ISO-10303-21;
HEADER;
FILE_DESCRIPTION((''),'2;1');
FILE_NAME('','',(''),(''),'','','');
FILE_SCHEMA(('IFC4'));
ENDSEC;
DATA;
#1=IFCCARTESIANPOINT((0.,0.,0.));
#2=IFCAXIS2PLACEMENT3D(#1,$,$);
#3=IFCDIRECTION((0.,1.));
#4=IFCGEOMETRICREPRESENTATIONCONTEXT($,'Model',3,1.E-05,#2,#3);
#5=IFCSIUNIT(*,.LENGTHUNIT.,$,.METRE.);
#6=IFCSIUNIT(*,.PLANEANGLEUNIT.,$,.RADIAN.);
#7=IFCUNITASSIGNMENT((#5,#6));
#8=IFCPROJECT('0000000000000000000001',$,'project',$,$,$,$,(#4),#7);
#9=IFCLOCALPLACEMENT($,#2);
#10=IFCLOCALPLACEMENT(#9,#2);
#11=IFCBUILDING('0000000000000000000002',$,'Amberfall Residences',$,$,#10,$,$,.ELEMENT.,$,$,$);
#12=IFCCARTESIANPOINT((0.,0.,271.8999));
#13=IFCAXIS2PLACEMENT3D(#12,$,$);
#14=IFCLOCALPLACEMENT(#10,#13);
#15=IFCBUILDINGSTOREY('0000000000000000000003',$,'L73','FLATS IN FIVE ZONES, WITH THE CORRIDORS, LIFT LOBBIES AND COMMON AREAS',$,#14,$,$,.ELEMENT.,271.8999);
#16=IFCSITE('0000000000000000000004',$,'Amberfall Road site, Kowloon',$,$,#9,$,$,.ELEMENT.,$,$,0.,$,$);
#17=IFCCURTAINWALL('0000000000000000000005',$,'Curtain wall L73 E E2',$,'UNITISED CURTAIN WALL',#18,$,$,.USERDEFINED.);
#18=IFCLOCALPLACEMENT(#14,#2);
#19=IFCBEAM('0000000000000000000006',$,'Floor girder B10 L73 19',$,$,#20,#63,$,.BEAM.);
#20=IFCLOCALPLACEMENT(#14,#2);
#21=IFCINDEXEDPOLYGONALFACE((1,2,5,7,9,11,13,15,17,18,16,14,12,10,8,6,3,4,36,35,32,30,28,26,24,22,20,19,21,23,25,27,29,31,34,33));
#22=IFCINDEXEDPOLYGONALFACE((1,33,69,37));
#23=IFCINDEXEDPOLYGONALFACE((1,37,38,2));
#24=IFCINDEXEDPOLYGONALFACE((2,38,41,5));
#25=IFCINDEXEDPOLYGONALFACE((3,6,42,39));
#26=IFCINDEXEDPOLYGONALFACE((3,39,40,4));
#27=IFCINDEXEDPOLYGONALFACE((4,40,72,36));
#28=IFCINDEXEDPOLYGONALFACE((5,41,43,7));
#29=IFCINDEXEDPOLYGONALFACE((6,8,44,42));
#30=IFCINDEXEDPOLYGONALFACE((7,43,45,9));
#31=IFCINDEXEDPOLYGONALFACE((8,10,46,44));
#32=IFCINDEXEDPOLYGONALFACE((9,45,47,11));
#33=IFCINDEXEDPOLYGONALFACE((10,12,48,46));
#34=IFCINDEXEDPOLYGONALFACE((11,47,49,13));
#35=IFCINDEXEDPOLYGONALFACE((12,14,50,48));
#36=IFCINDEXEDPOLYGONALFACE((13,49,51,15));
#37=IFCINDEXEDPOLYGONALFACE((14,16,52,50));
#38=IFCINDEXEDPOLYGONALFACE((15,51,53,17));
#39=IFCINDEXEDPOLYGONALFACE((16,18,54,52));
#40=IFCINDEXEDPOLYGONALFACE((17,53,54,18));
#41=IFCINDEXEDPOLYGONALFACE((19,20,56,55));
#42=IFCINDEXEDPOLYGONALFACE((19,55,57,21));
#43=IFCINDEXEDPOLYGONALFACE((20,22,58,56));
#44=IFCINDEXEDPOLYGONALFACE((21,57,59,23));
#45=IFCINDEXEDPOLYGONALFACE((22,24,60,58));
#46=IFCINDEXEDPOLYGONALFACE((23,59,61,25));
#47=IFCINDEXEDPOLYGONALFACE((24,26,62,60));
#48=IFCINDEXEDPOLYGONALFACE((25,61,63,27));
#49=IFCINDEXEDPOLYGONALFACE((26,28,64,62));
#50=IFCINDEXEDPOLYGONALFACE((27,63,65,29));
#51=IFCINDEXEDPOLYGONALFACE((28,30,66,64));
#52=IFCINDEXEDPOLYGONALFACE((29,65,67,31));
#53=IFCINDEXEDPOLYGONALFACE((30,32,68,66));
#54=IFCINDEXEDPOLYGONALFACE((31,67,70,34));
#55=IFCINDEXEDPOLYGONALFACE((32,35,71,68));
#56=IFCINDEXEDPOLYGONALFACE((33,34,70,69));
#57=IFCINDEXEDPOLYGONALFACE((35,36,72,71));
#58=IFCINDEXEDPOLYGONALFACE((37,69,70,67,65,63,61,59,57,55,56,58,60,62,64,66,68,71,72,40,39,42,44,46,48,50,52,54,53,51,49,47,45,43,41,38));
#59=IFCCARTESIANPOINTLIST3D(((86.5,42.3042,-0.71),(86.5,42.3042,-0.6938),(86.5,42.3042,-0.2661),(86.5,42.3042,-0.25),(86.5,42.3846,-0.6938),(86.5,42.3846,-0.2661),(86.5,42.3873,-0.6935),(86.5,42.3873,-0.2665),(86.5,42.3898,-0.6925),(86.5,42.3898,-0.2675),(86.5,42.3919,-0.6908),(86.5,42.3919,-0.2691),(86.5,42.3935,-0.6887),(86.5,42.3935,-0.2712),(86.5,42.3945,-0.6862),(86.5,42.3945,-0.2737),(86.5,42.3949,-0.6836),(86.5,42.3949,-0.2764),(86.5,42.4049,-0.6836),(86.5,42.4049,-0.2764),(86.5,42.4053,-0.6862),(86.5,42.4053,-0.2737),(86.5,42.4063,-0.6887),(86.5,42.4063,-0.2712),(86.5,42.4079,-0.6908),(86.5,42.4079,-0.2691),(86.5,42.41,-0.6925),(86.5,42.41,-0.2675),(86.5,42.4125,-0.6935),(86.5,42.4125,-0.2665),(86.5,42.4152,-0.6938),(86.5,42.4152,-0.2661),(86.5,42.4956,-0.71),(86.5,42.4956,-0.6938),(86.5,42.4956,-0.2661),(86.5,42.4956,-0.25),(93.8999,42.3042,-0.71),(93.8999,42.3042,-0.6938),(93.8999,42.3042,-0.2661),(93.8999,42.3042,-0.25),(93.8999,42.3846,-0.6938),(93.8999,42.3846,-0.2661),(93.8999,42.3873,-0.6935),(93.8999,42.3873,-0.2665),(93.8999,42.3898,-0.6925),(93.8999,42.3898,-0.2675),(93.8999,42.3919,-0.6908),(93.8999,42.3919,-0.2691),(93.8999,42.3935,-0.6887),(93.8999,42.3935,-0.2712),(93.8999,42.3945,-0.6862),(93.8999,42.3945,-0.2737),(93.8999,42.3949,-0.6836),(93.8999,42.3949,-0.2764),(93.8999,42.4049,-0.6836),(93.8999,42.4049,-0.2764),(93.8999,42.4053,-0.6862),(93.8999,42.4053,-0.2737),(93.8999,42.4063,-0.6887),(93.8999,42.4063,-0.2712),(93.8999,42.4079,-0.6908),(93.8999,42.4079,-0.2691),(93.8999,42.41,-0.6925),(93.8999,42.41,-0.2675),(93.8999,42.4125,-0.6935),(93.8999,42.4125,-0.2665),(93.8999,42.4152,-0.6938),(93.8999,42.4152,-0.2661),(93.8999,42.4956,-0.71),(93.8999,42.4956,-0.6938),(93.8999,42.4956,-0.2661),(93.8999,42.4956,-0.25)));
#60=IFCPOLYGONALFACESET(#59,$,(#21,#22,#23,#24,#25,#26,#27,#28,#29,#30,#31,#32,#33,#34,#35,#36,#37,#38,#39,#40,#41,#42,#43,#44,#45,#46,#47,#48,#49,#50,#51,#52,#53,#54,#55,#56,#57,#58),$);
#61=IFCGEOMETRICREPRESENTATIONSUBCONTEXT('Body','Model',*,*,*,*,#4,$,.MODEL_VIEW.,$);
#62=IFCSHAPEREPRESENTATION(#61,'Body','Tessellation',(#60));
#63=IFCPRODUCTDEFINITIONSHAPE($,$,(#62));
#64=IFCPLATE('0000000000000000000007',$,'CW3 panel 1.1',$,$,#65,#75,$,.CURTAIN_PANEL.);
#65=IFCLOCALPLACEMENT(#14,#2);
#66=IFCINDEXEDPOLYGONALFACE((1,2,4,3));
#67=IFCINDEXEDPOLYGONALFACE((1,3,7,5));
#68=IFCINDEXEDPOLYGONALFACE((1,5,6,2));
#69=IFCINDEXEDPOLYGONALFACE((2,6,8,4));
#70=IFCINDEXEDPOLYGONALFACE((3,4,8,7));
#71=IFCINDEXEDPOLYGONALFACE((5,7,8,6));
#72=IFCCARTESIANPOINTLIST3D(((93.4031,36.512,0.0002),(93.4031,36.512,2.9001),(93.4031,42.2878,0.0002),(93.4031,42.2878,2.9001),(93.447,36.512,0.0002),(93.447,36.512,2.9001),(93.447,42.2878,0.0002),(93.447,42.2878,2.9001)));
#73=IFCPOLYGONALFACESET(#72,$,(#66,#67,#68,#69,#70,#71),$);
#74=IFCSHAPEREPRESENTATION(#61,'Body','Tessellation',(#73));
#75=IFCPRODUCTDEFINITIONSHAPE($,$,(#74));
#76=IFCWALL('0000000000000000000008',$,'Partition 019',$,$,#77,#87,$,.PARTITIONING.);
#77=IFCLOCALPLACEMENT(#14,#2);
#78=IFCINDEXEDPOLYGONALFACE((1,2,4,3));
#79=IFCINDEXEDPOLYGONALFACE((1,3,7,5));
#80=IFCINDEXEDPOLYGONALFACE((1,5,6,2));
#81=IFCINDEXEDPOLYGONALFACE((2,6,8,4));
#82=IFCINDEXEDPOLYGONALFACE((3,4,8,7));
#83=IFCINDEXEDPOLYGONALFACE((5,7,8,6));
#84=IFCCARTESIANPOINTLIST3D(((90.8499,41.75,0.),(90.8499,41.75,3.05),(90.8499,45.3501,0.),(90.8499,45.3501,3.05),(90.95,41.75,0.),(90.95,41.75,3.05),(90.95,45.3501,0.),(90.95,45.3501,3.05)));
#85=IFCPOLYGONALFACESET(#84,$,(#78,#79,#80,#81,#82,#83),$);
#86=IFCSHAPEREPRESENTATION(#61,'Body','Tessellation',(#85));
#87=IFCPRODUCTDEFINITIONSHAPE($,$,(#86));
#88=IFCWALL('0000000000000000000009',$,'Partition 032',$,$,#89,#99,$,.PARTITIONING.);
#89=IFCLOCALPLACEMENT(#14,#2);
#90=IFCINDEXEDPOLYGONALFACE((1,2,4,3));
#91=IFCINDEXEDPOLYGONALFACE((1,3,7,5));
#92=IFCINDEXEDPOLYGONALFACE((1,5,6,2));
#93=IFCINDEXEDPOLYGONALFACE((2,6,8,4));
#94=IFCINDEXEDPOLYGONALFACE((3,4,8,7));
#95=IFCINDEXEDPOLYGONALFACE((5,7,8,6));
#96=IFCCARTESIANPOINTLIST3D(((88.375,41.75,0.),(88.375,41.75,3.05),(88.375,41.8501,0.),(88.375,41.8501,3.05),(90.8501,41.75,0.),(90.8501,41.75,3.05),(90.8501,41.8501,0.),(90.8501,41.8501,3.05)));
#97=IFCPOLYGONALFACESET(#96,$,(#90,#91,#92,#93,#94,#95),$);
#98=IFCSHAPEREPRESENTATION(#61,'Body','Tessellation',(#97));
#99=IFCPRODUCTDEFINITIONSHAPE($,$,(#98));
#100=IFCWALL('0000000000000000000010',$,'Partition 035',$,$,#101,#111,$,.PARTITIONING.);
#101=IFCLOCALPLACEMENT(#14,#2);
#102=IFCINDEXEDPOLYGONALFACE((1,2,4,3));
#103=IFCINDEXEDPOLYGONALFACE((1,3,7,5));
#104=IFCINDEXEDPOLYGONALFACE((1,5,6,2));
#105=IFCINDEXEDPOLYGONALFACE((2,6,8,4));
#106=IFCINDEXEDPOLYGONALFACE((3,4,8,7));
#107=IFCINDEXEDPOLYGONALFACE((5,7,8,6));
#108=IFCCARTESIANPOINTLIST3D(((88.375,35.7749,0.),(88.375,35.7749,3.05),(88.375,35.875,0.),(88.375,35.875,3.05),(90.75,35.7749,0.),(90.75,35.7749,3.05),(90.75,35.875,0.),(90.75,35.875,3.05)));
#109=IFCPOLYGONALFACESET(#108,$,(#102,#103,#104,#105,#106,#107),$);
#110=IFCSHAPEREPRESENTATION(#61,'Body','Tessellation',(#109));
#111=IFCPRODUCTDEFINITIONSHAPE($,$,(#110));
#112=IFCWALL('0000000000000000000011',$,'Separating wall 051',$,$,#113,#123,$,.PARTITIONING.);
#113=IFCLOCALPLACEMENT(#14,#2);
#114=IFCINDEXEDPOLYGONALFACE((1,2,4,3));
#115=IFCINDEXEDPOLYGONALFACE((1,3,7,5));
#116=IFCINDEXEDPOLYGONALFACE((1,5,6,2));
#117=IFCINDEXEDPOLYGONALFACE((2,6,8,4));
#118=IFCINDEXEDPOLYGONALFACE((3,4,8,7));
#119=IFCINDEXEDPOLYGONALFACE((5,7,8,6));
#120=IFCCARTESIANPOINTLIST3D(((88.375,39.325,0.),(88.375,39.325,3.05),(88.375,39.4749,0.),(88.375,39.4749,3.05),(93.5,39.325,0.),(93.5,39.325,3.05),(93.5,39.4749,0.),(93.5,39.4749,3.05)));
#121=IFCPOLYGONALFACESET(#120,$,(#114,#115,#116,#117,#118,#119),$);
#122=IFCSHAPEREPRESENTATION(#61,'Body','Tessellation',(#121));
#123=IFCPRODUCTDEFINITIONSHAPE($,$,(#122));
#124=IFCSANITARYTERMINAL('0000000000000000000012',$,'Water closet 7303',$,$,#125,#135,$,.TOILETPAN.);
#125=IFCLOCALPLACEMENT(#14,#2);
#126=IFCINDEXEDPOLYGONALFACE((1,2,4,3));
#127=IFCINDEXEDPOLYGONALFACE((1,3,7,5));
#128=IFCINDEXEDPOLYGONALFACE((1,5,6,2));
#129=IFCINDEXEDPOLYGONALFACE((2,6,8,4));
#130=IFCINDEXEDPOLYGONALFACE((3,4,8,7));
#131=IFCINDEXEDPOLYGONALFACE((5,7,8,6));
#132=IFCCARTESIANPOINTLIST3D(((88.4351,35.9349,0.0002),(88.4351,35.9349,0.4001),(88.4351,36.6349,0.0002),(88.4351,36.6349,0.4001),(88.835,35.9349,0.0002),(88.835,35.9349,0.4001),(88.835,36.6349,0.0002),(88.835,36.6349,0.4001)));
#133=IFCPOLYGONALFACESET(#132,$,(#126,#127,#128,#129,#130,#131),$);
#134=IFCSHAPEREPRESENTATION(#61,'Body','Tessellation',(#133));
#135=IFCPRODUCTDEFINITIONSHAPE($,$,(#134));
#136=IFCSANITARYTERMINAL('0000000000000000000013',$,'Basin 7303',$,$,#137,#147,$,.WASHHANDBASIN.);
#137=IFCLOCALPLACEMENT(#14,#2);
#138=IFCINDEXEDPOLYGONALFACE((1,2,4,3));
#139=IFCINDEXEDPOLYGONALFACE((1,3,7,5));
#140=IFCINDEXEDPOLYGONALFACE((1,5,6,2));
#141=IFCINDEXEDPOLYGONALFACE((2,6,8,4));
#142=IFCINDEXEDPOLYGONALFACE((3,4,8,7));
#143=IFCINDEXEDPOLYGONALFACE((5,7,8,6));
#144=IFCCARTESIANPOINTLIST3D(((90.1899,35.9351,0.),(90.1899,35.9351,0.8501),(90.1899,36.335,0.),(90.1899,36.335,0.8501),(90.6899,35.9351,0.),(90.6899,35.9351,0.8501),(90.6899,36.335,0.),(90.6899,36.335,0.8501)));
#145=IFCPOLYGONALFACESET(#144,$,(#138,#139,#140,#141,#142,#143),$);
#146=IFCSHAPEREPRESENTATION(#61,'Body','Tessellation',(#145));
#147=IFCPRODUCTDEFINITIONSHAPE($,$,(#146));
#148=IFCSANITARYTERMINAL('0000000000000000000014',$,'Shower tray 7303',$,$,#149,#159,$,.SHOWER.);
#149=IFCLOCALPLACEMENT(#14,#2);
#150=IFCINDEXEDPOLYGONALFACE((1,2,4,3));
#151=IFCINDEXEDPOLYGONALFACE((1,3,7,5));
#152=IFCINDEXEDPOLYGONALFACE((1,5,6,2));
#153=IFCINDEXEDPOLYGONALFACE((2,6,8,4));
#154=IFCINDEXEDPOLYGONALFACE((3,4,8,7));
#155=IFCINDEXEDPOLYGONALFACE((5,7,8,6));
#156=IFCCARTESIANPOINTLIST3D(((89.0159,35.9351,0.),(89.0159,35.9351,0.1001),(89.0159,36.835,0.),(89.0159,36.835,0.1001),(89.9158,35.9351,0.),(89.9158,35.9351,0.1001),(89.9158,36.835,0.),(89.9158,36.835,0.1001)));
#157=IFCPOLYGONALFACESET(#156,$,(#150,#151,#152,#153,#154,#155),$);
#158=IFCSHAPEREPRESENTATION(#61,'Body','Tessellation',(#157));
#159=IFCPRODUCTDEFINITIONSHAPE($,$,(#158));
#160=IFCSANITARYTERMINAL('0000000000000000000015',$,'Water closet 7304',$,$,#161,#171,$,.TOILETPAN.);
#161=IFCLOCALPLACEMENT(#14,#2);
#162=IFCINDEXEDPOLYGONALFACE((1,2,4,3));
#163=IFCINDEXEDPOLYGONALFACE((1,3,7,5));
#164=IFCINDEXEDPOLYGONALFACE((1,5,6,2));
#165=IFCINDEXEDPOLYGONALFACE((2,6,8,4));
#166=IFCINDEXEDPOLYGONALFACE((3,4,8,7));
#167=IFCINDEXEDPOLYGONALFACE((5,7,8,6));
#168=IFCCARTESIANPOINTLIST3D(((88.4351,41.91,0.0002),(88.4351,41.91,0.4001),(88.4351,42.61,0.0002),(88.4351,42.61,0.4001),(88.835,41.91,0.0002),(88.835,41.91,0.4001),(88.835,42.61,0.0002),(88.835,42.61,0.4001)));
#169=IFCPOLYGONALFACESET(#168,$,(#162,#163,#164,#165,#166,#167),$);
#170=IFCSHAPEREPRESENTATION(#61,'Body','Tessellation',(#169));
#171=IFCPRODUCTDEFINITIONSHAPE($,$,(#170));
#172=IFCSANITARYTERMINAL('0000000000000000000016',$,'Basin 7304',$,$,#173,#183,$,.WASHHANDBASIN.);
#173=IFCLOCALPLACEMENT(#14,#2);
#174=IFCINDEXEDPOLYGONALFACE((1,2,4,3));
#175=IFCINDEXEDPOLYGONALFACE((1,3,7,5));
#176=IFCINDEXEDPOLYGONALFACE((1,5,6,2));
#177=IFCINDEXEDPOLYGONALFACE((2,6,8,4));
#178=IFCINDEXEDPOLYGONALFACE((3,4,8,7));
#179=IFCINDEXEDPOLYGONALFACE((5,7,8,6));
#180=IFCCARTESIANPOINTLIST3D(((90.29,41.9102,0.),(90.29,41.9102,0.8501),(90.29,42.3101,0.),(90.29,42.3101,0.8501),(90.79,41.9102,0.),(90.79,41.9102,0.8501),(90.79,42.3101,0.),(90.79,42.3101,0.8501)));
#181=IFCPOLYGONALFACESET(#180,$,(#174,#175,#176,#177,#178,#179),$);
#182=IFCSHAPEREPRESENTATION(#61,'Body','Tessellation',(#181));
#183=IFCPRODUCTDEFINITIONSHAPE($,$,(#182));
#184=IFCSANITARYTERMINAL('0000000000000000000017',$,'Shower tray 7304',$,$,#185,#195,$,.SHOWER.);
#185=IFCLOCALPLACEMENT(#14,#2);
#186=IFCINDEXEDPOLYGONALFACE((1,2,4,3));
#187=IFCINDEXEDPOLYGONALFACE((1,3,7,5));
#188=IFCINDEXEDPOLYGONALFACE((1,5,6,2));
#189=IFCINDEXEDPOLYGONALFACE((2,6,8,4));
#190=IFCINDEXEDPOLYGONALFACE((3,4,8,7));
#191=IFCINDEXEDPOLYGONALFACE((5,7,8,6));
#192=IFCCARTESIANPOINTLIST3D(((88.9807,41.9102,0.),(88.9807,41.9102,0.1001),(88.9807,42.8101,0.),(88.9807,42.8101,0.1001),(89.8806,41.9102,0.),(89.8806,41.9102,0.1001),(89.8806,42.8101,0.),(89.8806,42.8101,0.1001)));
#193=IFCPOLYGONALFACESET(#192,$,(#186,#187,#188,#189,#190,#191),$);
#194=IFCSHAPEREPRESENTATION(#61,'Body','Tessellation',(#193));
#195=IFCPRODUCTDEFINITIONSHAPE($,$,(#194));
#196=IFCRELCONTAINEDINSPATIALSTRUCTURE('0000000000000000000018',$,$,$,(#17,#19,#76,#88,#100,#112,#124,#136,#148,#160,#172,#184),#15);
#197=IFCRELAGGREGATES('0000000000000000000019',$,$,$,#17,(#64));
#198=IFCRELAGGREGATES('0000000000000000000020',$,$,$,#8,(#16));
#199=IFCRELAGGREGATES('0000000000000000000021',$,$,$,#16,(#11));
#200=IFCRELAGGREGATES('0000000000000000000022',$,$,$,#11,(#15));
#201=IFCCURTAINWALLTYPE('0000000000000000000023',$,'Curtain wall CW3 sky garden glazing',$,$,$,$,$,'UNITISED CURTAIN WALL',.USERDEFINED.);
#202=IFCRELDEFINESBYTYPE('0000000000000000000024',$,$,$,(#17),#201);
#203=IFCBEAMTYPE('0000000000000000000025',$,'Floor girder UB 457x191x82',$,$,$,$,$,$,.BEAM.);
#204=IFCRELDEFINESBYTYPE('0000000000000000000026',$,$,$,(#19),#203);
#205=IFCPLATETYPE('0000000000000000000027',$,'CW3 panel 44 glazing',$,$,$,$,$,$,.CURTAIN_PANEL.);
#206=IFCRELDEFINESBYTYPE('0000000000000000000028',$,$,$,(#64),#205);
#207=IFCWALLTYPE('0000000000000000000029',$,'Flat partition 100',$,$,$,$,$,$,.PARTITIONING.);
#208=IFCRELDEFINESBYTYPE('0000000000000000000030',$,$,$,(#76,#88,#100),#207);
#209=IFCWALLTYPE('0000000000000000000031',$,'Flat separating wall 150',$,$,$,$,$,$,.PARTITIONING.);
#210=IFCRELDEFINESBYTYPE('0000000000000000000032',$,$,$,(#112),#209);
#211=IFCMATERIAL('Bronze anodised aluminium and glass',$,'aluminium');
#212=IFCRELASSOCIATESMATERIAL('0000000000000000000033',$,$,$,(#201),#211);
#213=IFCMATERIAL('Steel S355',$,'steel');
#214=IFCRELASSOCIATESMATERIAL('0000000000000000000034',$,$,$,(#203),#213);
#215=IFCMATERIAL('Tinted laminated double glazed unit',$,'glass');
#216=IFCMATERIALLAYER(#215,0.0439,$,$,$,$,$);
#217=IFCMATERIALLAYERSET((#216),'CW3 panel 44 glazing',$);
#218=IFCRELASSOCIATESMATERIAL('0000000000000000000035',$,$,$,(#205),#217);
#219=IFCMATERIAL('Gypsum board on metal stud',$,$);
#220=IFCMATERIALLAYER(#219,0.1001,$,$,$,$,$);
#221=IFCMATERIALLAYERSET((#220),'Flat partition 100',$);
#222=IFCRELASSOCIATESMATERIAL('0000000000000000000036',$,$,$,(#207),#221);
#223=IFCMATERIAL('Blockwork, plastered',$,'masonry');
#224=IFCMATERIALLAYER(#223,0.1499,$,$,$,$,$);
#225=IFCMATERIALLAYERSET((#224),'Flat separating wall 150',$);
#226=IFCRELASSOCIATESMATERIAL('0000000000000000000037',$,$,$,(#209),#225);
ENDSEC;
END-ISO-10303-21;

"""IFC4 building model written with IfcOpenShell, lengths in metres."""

from ifc_helpers import new_model, si_unit, direction, frame, frame_2d, origin, origin_2d, place, context, subcontext, project, spatial, rectangle, i_section, extrude, material, layer, layer_set, material_profile, profile_set, type_object, element, aggregate, save


model = new_model("IFC4")

# Units and contexts
model_context = context("Model", 3, precision=1e-05, world=origin(), true_north=direction((0.0, 1.0)))
body_context = subcontext(model_context, "Body", "Model", "MODEL_VIEW")
ifc_project = project(units=[si_unit("LENGTHUNIT", "METRE"), si_unit("PLANEANGLEUNIT", "RADIAN")], contexts=[model_context])

# Site, building, storey
site_placement = place(None, origin())
site = spatial("IfcSite", under=ifc_project, at=site_placement, Name="Amberfall Road site, Kowloon", CompositionType="ELEMENT", RefElevation=0.0)
building_placement = place(site_placement, origin())
building = spatial("IfcBuilding", under=site, at=building_placement, Name="Amberfall Residences", CompositionType="ELEMENT")
storey_placement = place(building_placement, frame((0.0, 0.0, 271.8999)))
storey = spatial("IfcBuildingStorey", under=building, at=storey_placement, Name="L73", Description="FLATS IN FIVE ZONES, WITH THE CORRIDORS, LIFT LOBBIES AND COMMON AREAS", CompositionType="ELEMENT", Elevation=271.8999)

# Curtain wall
ifc_material_1 = material(Name="Bronze anodised aluminium and glass", Category="aluminium")
curtain_wall_type = type_object("IfcCurtainWallType", Name="Curtain wall CW3 sky garden glazing", ElementType="UNITISED CURTAIN WALL", PredefinedType="USERDEFINED", material=ifc_material_1)
curtain_wall_1_placement = place(storey_placement, origin())
curtain_wall_1 = element("IfcCurtainWall", 1, at=curtain_wall_1_placement, inside=storey, type_object=curtain_wall_type, Name="Curtain wall L73 E E2", ObjectType="UNITISED CURTAIN WALL", PredefinedType="USERDEFINED")

# Beam
ifc_material_2 = material(Name="Steel S355", Category="steel")
ifc_material_profile_1 = material_profile(ifc_material_2, i_section(OverallWidth=0.1914, OverallDepth=0.46, WebThickness=0.01, FlangeThickness=0.0161, FilletRadius=0.0103, at=origin_2d()), Name="UB 457x191x82")
ifc_profile_set_1 = profile_set([ifc_material_profile_1], Name="Steel S355")
beam_type_1 = type_object("IfcBeamType", Name="Floor girder UB 457x191x82", PredefinedType="BEAM", material=ifc_profile_set_1)
beam_1_placement = place(storey_placement, frame((93.8999, 42.3999, -0.48), z_axis=(-1.0, 0.0, 0.0), x_axis=(0.0, -1.0, 0.0)))
element("IfcBeam", 2, at=beam_1_placement, inside=storey, type_object=beam_type_1, Name="Floor girder B10 L73 19", PredefinedType="BEAM", context=body_context, shape_type="SweptSolid", body=[
    extrude(i_section(OverallWidth=0.1914, OverallDepth=0.46, WebThickness=0.01, FlangeThickness=0.0161, FilletRadius=0.0103, at=origin_2d()), origin(), (0.0, 0.0, 1.0), 7.3999),
])

# Plate
ifc_material_3 = material(Name="Tinted laminated double glazed unit", Category="glass")
ifc_layer_1 = layer(ifc_material_3, 0.0439)
ifc_layer_set_1 = layer_set([ifc_layer_1], Name="CW3 panel 44 glazing")
plate_type = type_object("IfcPlateType", Name="CW3 panel 44 glazing", PredefinedType="CURTAIN_PANEL", material=ifc_layer_set_1)
plate_placement = place(storey_placement, frame((93.425, 39.3999, 0.0002), z_axis=(0.0, 0.0, 1.0), x_axis=(0.0, 1.0, 0.0)))
plate = element("IfcPlate", 3, at=plate_placement, type_object=plate_type, Name="CW3 panel 1.1", PredefinedType="CURTAIN_PANEL", context=body_context, shape_type="SweptSolid", body=[
    extrude(rectangle(XDim=5.7759, YDim=0.0439, at=origin_2d()), origin(), (0.0, 0.0, 1.0), 2.8999),
])
aggregate(curtain_wall_1, [plate])

# Walls
ifc_material_4 = material(Name="Gypsum board on metal stud")
ifc_layer_2 = layer(ifc_material_4, 0.1001)
ifc_layer_set_2 = layer_set([ifc_layer_2], Name="Flat partition 100")
wall_type_1 = type_object("IfcWallType", Name="Flat partition 100", PredefinedType="PARTITIONING", material=ifc_layer_set_2)
wall_1_placement = place(storey_placement, frame((90.8999, 41.75, 0.0), z_axis=(0.0, 0.0, 1.0), x_axis=(0.0, 1.0, 0.0)))
element("IfcWall", 4, at=wall_1_placement, inside=storey, type_object=wall_type_1, Name="Partition 019", PredefinedType="PARTITIONING", context=body_context, shape_type="SweptSolid", body=[
    extrude(rectangle(XDim=3.6001, YDim=0.1001, at=frame_2d((1.8, 0.0))), origin(), (0.0, 0.0, 1.0), 3.05),
])
wall_2_placement = place(storey_placement, frame((88.375, 41.8, 0.0), z_axis=(0.0, 0.0, 1.0), x_axis=(1.0, 0.0, 0.0)))
element("IfcWall", 5, at=wall_2_placement, inside=storey, type_object=wall_type_1, Name="Partition 032", PredefinedType="PARTITIONING", context=body_context, shape_type="SweptSolid", body=[
    extrude(rectangle(XDim=2.4751, YDim=0.1001, at=frame_2d((1.2375, 0.0))), origin(), (0.0, 0.0, 1.0), 3.05),
])
wall_3_placement = place(storey_placement, frame((88.375, 35.825, 0.0), z_axis=(0.0, 0.0, 1.0), x_axis=(1.0, 0.0, 0.0)))
element("IfcWall", 6, at=wall_3_placement, inside=storey, type_object=wall_type_1, Name="Partition 035", PredefinedType="PARTITIONING", context=body_context, shape_type="SweptSolid", body=[
    extrude(rectangle(XDim=2.375, YDim=0.1001, at=frame_2d((1.1875, 0.0))), origin(), (0.0, 0.0, 1.0), 3.05),
])
ifc_material_5 = material(Name="Blockwork, plastered", Category="masonry")
ifc_layer_3 = layer(ifc_material_5, 0.1499)
ifc_layer_set_3 = layer_set([ifc_layer_3], Name="Flat separating wall 150")
wall_type_2 = type_object("IfcWallType", Name="Flat separating wall 150", PredefinedType="PARTITIONING", material=ifc_layer_set_3)
wall_4_placement = place(storey_placement, frame((88.375, 39.3999, 0.0), z_axis=(0.0, 0.0, 1.0), x_axis=(1.0, 0.0, 0.0)))
element("IfcWall", 7, at=wall_4_placement, inside=storey, type_object=wall_type_2, Name="Separating wall 051", PredefinedType="PARTITIONING", context=body_context, shape_type="SweptSolid", body=[
    extrude(rectangle(XDim=5.125, YDim=0.1499, at=frame_2d((2.5625, 0.0))), origin(), (0.0, 0.0, 1.0), 3.05),
])

# Sanitary terminals
sanitary_terminal_1_placement = place(storey_placement, frame((88.635, 36.2849, 0.0002), z_axis=(0.0, 0.0, 1.0), x_axis=(1.0, 0.0, 0.0)))
element("IfcSanitaryTerminal", 8, at=sanitary_terminal_1_placement, inside=storey, Name="Water closet 7303", PredefinedType="TOILETPAN", context=body_context, shape_type="SweptSolid", body=[
    extrude(rectangle(XDim=0.3999, YDim=0.7, at=origin_2d()), origin(), (0.0, 0.0, 1.0), 0.3999),
])
sanitary_terminal_2_placement = place(storey_placement, frame((90.4399, 36.135, 0.0), z_axis=(0.0, 0.0, 1.0), x_axis=(1.0, 0.0, 0.0)))
element("IfcSanitaryTerminal", 9, at=sanitary_terminal_2_placement, inside=storey, Name="Basin 7303", PredefinedType="WASHHANDBASIN", context=body_context, shape_type="SweptSolid", body=[
    extrude(rectangle(XDim=0.5, YDim=0.3999, at=origin_2d()), origin(), (0.0, 0.0, 1.0), 0.8501),
])
sanitary_terminal_3_placement = place(storey_placement, frame((89.4658, 36.385, 0.0), z_axis=(0.0, 0.0, 1.0), x_axis=(1.0, 0.0, 0.0)))
element("IfcSanitaryTerminal", 10, at=sanitary_terminal_3_placement, inside=storey, Name="Shower tray 7303", PredefinedType="SHOWER", context=body_context, shape_type="SweptSolid", body=[
    extrude(rectangle(XDim=0.8999, YDim=0.8999, at=origin_2d()), origin(), (0.0, 0.0, 1.0), 0.1001),
])
sanitary_terminal_4_placement = place(storey_placement, frame((88.635, 42.26, 0.0002), z_axis=(0.0, 0.0, 1.0), x_axis=(1.0, 0.0, 0.0)))
element("IfcSanitaryTerminal", 11, at=sanitary_terminal_4_placement, inside=storey, Name="Water closet 7304", PredefinedType="TOILETPAN", context=body_context, shape_type="SweptSolid", body=[
    extrude(rectangle(XDim=0.3999, YDim=0.7, at=origin_2d()), origin(), (0.0, 0.0, 1.0), 0.3999),
])
sanitary_terminal_5_placement = place(storey_placement, frame((90.54, 42.1101, 0.0), z_axis=(0.0, 0.0, 1.0), x_axis=(1.0, 0.0, 0.0)))
element("IfcSanitaryTerminal", 12, at=sanitary_terminal_5_placement, inside=storey, Name="Basin 7304", PredefinedType="WASHHANDBASIN", context=body_context, shape_type="SweptSolid", body=[
    extrude(rectangle(XDim=0.5, YDim=0.3999, at=origin_2d()), origin(), (0.0, 0.0, 1.0), 0.8501),
])
sanitary_terminal_6_placement = place(storey_placement, frame((89.4307, 42.3601, 0.0), z_axis=(0.0, 0.0, 1.0), x_axis=(1.0, 0.0, 0.0)))
element("IfcSanitaryTerminal", 13, at=sanitary_terminal_6_placement, inside=storey, Name="Shower tray 7304", PredefinedType="SHOWER", context=body_context, shape_type="SweptSolid", body=[
    extrude(rectangle(XDim=0.8999, YDim=0.8999, at=origin_2d()), origin(), (0.0, 0.0, 1.0), 0.1001),
])

save(model, "model.ifc")
